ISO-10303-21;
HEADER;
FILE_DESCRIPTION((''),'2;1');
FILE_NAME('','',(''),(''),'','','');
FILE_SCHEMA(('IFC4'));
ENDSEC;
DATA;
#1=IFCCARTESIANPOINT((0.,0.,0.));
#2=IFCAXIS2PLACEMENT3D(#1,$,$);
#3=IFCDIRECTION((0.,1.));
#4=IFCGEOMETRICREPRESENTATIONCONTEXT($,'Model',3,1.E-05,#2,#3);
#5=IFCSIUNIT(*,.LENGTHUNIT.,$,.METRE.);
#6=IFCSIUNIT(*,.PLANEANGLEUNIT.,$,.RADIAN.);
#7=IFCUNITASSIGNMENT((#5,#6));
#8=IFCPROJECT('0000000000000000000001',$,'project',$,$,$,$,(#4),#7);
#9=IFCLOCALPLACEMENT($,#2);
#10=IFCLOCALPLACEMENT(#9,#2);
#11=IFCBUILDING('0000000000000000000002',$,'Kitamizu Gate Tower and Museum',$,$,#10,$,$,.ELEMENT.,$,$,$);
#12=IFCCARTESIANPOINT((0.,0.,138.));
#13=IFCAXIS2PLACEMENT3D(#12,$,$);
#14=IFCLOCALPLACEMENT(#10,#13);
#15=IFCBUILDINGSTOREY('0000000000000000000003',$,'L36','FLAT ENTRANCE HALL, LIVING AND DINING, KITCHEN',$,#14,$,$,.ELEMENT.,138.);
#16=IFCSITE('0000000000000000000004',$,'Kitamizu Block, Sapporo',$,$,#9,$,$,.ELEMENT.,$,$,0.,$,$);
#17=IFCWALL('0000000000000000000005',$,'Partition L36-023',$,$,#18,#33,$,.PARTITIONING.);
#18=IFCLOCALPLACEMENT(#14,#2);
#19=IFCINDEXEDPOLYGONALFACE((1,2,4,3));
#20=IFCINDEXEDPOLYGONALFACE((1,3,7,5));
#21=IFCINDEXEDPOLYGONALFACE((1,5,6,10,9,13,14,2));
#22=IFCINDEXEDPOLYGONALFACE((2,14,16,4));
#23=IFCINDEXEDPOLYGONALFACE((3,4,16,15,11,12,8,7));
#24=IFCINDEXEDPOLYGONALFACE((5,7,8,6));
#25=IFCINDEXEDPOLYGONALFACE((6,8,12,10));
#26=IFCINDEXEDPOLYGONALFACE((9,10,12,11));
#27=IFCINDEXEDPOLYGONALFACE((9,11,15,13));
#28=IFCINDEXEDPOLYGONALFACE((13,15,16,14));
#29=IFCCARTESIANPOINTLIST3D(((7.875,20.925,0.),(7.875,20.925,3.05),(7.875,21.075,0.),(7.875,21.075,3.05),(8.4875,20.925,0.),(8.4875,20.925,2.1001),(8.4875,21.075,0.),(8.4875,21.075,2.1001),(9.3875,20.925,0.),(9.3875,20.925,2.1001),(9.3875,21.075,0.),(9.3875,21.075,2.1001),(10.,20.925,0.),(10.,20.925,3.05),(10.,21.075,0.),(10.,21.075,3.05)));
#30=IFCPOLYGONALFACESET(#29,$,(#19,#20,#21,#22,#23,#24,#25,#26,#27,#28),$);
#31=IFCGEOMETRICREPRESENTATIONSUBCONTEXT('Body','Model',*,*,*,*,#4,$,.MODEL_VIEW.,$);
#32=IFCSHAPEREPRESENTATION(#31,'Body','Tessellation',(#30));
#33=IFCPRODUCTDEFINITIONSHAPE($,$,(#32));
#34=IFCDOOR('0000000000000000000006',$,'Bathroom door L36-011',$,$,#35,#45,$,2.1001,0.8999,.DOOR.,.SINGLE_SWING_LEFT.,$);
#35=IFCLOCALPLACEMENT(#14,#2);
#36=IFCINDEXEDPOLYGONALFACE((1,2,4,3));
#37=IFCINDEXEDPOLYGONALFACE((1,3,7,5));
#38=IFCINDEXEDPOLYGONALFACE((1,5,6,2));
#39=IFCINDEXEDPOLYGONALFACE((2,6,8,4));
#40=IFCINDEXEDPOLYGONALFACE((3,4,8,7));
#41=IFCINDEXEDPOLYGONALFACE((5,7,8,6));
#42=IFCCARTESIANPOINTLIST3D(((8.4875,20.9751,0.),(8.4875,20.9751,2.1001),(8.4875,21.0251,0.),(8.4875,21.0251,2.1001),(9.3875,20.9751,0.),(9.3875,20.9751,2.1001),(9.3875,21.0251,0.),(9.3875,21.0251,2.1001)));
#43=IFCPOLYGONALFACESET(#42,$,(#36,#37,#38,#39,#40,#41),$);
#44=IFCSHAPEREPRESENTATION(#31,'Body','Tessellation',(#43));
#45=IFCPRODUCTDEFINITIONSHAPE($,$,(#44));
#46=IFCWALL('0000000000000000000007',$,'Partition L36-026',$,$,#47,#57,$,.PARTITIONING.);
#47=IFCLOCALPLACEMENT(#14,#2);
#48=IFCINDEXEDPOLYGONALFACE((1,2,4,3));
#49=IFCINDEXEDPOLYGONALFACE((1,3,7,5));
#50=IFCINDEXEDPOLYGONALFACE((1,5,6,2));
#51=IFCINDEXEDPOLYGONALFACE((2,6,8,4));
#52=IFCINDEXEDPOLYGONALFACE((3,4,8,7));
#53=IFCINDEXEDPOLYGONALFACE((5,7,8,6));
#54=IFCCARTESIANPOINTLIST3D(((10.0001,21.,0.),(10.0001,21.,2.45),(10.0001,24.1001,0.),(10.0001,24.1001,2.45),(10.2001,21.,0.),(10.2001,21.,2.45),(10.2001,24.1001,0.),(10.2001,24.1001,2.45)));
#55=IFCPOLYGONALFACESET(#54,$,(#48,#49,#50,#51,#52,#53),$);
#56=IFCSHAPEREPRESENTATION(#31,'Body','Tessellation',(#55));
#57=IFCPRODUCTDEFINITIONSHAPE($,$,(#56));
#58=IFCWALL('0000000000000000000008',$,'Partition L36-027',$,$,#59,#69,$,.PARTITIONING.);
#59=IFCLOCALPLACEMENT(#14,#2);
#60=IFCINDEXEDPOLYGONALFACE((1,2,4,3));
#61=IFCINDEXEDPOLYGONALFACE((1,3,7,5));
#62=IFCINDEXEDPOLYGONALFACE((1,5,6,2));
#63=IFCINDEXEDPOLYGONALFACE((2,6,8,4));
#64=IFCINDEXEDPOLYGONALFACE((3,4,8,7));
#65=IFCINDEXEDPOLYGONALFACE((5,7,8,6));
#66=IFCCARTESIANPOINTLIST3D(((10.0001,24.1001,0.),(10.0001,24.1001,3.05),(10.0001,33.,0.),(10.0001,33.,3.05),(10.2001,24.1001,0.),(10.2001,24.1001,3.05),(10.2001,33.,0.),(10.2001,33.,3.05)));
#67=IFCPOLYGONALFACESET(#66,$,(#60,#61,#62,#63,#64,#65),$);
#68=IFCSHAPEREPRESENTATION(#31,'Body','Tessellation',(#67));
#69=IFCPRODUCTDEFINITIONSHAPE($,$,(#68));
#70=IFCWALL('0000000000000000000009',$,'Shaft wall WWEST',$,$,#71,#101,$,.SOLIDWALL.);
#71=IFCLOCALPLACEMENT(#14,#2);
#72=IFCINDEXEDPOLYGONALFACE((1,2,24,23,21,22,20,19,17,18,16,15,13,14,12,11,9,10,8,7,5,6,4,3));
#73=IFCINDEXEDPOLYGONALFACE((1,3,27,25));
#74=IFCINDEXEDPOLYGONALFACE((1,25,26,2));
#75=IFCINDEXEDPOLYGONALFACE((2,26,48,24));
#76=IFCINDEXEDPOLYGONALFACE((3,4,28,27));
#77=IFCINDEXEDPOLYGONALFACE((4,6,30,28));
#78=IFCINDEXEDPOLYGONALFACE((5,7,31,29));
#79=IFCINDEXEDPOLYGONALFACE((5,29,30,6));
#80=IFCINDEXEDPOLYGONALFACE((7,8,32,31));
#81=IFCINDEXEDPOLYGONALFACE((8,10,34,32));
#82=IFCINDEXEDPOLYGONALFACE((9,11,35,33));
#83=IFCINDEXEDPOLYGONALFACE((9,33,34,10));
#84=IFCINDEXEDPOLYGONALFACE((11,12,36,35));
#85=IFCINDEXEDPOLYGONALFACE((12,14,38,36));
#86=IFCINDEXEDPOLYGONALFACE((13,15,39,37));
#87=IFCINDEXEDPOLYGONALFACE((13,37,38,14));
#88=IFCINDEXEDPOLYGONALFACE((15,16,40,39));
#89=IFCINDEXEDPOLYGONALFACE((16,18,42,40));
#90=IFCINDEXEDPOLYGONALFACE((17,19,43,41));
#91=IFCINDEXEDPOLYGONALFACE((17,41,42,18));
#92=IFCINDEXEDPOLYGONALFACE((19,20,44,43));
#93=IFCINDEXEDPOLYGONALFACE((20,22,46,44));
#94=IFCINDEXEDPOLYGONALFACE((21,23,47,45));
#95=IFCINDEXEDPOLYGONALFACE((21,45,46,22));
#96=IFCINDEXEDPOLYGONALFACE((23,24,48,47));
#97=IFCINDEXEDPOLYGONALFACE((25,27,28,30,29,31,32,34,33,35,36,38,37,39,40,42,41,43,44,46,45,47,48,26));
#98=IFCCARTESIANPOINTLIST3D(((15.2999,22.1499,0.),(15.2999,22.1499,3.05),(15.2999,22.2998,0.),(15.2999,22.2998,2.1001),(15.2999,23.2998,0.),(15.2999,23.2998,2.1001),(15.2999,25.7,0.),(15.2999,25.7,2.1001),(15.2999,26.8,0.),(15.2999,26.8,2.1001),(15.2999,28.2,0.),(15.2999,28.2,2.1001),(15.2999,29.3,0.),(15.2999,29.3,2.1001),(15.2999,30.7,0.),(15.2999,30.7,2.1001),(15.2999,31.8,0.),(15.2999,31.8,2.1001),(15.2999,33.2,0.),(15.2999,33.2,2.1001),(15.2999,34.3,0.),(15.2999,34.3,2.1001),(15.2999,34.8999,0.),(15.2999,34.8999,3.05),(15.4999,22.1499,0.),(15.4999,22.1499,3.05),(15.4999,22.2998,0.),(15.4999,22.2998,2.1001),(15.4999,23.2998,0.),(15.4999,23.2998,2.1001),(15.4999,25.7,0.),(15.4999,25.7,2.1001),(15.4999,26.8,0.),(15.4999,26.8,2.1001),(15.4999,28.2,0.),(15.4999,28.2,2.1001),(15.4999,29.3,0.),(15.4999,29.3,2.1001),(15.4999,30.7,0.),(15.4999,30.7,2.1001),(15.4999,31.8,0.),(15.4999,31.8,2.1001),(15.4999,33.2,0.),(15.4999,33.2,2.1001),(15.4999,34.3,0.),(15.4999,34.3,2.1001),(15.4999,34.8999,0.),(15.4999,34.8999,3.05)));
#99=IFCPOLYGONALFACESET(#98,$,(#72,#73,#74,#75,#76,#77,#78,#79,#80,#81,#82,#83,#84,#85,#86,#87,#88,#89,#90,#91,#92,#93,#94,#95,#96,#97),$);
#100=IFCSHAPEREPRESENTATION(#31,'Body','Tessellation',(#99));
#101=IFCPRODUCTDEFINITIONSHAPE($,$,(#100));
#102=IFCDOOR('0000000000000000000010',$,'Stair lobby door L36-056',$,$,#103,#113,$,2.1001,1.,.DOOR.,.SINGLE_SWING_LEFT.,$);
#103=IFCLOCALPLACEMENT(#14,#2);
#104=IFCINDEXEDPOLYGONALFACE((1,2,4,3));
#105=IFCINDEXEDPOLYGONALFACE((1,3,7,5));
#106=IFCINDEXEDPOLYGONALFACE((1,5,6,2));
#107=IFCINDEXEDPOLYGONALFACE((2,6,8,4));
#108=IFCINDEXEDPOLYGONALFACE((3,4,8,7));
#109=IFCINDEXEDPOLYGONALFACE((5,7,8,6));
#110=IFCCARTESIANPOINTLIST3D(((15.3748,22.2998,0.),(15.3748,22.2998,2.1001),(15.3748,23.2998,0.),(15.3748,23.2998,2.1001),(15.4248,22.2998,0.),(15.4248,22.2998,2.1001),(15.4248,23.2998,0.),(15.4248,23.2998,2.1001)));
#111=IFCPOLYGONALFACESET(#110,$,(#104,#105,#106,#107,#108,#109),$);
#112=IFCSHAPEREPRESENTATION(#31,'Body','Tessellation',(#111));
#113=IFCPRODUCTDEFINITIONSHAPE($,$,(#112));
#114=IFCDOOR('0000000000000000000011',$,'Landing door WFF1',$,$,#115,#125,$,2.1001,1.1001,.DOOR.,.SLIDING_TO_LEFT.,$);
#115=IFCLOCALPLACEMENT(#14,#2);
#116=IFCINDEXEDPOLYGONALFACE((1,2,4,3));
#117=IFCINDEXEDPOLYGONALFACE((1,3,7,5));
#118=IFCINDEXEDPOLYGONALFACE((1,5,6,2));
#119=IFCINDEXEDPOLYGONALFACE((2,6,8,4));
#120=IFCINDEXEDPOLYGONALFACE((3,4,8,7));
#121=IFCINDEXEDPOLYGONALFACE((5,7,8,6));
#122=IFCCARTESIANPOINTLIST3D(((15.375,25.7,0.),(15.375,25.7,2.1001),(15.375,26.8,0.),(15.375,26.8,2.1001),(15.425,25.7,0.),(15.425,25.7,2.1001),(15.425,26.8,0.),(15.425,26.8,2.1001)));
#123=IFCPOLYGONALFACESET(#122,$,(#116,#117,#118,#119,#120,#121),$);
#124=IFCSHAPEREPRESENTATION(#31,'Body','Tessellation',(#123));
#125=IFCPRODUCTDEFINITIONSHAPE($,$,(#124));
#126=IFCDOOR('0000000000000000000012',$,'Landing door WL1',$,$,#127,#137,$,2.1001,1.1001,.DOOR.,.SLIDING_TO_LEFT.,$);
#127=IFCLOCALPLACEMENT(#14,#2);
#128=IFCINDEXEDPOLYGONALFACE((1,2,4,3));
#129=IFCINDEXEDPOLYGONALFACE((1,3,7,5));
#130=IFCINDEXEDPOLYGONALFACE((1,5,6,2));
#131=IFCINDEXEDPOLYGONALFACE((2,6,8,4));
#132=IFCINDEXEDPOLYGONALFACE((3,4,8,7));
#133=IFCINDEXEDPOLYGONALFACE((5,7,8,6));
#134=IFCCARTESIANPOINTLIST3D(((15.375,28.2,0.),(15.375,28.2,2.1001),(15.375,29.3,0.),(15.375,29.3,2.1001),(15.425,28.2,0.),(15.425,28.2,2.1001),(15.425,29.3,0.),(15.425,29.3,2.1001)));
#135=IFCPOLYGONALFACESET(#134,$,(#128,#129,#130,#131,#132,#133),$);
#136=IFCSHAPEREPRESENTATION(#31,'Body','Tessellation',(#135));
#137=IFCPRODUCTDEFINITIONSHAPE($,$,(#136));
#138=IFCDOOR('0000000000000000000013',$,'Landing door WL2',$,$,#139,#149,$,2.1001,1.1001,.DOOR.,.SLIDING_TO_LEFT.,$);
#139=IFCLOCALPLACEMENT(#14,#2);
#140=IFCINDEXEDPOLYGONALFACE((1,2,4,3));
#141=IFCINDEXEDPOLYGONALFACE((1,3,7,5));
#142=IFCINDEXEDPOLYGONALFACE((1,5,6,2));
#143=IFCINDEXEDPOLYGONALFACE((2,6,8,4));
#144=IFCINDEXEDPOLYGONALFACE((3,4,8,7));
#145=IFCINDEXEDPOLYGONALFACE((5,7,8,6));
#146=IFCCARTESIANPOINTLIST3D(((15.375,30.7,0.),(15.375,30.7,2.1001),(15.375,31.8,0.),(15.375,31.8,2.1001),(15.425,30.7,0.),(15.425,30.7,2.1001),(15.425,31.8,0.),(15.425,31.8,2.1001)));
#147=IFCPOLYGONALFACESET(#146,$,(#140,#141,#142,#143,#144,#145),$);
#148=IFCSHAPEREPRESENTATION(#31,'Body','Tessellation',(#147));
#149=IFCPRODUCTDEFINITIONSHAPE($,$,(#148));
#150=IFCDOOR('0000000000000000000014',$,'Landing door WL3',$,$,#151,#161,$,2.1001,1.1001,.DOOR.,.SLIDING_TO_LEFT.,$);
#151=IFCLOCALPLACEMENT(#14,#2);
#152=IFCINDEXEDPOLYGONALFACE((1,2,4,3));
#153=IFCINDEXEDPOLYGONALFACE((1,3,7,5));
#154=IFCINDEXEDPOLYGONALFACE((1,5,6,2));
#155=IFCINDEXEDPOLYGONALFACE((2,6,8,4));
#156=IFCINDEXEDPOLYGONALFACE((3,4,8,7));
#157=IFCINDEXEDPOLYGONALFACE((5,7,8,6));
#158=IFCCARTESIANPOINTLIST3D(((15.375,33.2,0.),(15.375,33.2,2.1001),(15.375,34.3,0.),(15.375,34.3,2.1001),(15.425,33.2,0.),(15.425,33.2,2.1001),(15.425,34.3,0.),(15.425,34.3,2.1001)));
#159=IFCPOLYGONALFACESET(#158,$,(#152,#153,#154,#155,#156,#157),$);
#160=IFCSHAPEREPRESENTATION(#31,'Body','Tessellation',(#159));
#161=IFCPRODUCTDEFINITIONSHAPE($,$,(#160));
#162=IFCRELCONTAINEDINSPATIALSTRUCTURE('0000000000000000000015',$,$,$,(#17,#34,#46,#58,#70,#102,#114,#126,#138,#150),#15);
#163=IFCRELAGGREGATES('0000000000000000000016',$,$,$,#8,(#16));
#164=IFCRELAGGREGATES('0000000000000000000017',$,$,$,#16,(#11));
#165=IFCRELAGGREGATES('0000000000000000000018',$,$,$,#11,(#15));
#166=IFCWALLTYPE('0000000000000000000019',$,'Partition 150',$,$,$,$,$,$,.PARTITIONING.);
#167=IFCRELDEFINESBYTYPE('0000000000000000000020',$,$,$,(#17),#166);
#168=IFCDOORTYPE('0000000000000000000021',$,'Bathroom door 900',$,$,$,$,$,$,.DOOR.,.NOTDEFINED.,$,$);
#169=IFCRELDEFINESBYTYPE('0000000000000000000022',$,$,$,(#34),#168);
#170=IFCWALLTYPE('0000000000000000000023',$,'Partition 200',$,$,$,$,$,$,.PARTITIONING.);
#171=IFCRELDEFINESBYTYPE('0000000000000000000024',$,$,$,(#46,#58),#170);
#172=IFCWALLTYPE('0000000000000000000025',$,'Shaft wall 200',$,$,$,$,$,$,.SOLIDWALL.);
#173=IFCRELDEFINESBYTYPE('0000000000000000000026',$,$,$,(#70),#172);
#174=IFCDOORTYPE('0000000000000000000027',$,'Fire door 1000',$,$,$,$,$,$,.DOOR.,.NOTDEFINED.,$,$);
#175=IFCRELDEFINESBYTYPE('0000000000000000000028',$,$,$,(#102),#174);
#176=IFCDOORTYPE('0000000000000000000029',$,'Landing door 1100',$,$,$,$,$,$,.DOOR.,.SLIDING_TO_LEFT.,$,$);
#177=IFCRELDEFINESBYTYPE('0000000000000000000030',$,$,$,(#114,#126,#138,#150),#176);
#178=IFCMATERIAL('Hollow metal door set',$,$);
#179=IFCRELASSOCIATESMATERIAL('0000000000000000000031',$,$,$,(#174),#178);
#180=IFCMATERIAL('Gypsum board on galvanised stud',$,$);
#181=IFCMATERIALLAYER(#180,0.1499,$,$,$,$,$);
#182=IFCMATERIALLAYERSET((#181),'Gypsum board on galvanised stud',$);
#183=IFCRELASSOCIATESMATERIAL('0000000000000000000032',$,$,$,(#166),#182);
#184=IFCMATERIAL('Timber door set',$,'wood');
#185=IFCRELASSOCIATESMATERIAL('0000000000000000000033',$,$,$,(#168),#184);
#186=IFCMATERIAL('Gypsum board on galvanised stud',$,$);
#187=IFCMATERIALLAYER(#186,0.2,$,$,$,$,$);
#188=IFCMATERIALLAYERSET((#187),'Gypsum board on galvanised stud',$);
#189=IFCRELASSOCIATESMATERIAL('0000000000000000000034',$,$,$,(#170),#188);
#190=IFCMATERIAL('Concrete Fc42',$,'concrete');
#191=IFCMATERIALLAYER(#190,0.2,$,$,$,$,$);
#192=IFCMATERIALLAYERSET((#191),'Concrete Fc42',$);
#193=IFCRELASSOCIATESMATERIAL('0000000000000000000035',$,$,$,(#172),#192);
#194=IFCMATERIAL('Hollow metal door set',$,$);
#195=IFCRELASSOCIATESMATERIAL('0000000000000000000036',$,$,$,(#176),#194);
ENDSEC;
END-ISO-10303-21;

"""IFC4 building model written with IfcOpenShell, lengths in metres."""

from ifc_helpers import new_model, si_unit, direction, frame, frame_2d, origin, place, context, subcontext, project, spatial, rectangle, extrude, material, layer, layer_set, type_object, element, fill, save


model = new_model("IFC4")

# Units and contexts
model_context = context("Model", 3, precision=1e-05, world=origin(), true_north=direction((0.0, 1.0)))
body_context = subcontext(model_context, "Body", "Model", "MODEL_VIEW")
ifc_project = project(units=[si_unit("LENGTHUNIT", "METRE"), si_unit("PLANEANGLEUNIT", "RADIAN")], contexts=[model_context])

# Site, building, storey
site_placement = place(None, origin())
site = spatial("IfcSite", under=ifc_project, at=site_placement, Name="Kitamizu Block, Sapporo", CompositionType="ELEMENT", RefElevation=0.0)
building_placement = place(site_placement, origin())
building = spatial("IfcBuilding", under=site, at=building_placement, Name="Kitamizu Gate Tower and Museum", CompositionType="ELEMENT")
storey_placement = place(building_placement, frame((0.0, 0.0, 138.0)))
storey = spatial("IfcBuildingStorey", under=building, at=storey_placement, Name="L36", Description="FLAT ENTRANCE HALL, LIVING AND DINING, KITCHEN", CompositionType="ELEMENT", Elevation=138.0)

# Shared definitions
ifc_material_1 = material(Name="Hollow metal door set")
door_type_1 = type_object("IfcDoorType", Name="Fire door 1000", OperationType="NOTDEFINED", PredefinedType="DOOR", material=ifc_material_1)

# Wall, opening, door
ifc_material_2 = material(Name="Gypsum board on galvanised stud")
ifc_layer_1 = layer(ifc_material_2, 0.1499)
ifc_layer_set_1 = layer_set([ifc_layer_1], Name="Gypsum board on galvanised stud")
wall_type_1 = type_object("IfcWallType", Name="Partition 150", PredefinedType="PARTITIONING", material=ifc_layer_set_1)
ifc_material_3 = material(Name="Timber door set", Category="wood")
door_type_2 = type_object("IfcDoorType", Name="Bathroom door 900", OperationType="NOTDEFINED", PredefinedType="DOOR", material=ifc_material_3)
wall_1_placement = place(storey_placement, frame((10.0, 21.0, 0.0), z_axis=(0.0, 0.0, 1.0), x_axis=(-1.0, 0.0, 0.0)))
wall_1 = element("IfcWall", 1, at=wall_1_placement, inside=storey, type_object=wall_type_1, Name="Partition L36-023", PredefinedType="PARTITIONING", context=body_context, shape_type="SweptSolid", body=[
    extrude(rectangle(XDim=2.125, YDim=0.1499, at=frame_2d((1.0625, 0.0))), origin(), (0.0, 0.0, 1.0), 3.05),
])
opening_1_placement = place(wall_1_placement, frame((0.6125, 0.0, 0.0)))
opening_1 = element("IfcOpeningElement", 2, at=opening_1_placement, cuts=wall_1, PredefinedType="OPENING", context=body_context, shape_type="SweptSolid", body=[
    extrude(rectangle(XDim=0.8999, YDim=2.1001, at=frame_2d((0.45, 1.05))), frame((0.0, 0.085, 0.0), z_axis=(0.0, -1.0, 0.0), x_axis=(1.0, 0.0, 0.0)), (0.0, 0.0, 1.0), 0.1699),
])
door_1_placement = place(opening_1_placement, origin())
door_1 = element("IfcDoor", 3, at=door_1_placement, inside=storey, type_object=door_type_2, Name="Bathroom door L36-011", OperationType="SINGLE_SWING_LEFT", OverallHeight=2.1001, OverallWidth=0.8999, PredefinedType="DOOR", context=body_context, shape_type="SweptSolid", body=[
    extrude(rectangle(XDim=0.8999, YDim=2.1001, at=frame_2d((0.45, 1.05))), frame((0.0, 0.0249, 0.0), z_axis=(0.0, -1.0, 0.0), x_axis=(1.0, 0.0, 0.0)), (0.0, 0.0, 1.0), 0.05),
])
fill(opening_1, door_1)

# Walls
ifc_material_4 = material(Name="Gypsum board on galvanised stud")
ifc_layer_2 = layer(ifc_material_4, 0.2)
ifc_layer_set_2 = layer_set([ifc_layer_2], Name="Gypsum board on galvanised stud")
wall_type_2 = type_object("IfcWallType", Name="Partition 200", PredefinedType="PARTITIONING", material=ifc_layer_set_2)
wall_2_placement = place(storey_placement, frame((10.1001, 21.0, 0.0), z_axis=(0.0, 0.0, 1.0), x_axis=(0.0, 1.0, 0.0)))
element("IfcWall", 4, at=wall_2_placement, inside=storey, type_object=wall_type_2, Name="Partition L36-026", PredefinedType="PARTITIONING", context=body_context, shape_type="SweptSolid", body=[
    extrude(rectangle(XDim=3.1001, YDim=0.2, at=frame_2d((1.55, 0.0))), origin(), (0.0, 0.0, 1.0), 2.45),
])
wall_3_placement = place(storey_placement, frame((10.1001, 24.1001, 0.0), z_axis=(0.0, 0.0, 1.0), x_axis=(0.0, 1.0, 0.0)))
element("IfcWall", 5, at=wall_3_placement, inside=storey, type_object=wall_type_2, Name="Partition L36-027", PredefinedType="PARTITIONING", context=body_context, shape_type="SweptSolid", body=[
    extrude(rectangle(XDim=8.8999, YDim=0.2, at=frame_2d((4.45, 0.0))), origin(), (0.0, 0.0, 1.0), 3.05),
])

# Wall, openings, doors
ifc_material_5 = material(Name="Concrete Fc42", Category="concrete")
ifc_layer_3 = layer(ifc_material_5, 0.2)
ifc_layer_set_3 = layer_set([ifc_layer_3], Name="Concrete Fc42")
wall_type_3 = type_object("IfcWallType", Name="Shaft wall 200", PredefinedType="SOLIDWALL", material=ifc_layer_set_3)
wall_4_placement = place(storey_placement, frame((15.3999, 22.1499, 0.0), z_axis=(0.0, 0.0, 1.0), x_axis=(0.0, 1.0, 0.0)))
wall_4 = element("IfcWall", 6, at=wall_4_placement, inside=storey, type_object=wall_type_3, Name="Shaft wall WWEST", PredefinedType="SOLIDWALL", context=body_context, shape_type="SweptSolid", body=[
    extrude(rectangle(XDim=12.75, YDim=0.2, at=frame_2d((6.375, 0.0))), origin(), (0.0, 0.0, 1.0), 3.05),
])
opening_2_placement = place(wall_4_placement, frame((3.55, 0.0, 0.0)))
opening_2 = element("IfcOpeningElement", 7, at=opening_2_placement, cuts=wall_4, PredefinedType="OPENING", context=body_context, shape_type="SweptSolid", body=[
    extrude(rectangle(XDim=1.1001, YDim=2.1001, at=frame_2d((0.55, 1.05))), frame((0.0, 0.1099, 0.0), z_axis=(0.0, -1.0, 0.0), x_axis=(1.0, 0.0, 0.0)), (0.0, 0.0, 1.0), 0.22),
])
opening_3_placement = place(wall_4_placement, frame((6.05, 0.0, 0.0)))
opening_3 = element("IfcOpeningElement", 8, at=opening_3_placement, cuts=wall_4, PredefinedType="OPENING", context=body_context, shape_type="SweptSolid", body=[
    extrude(rectangle(XDim=1.1001, YDim=2.1001, at=frame_2d((0.55, 1.05))), frame((0.0, 0.1099, 0.0), z_axis=(0.0, -1.0, 0.0), x_axis=(1.0, 0.0, 0.0)), (0.0, 0.0, 1.0), 0.22),
])
opening_4_placement = place(wall_4_placement, frame((8.55, 0.0, 0.0)))
opening_4 = element("IfcOpeningElement", 9, at=opening_4_placement, cuts=wall_4, PredefinedType="OPENING", context=body_context, shape_type="SweptSolid", body=[
    extrude(rectangle(XDim=1.1001, YDim=2.1001, at=frame_2d((0.55, 1.05))), frame((0.0, 0.1099, 0.0), z_axis=(0.0, -1.0, 0.0), x_axis=(1.0, 0.0, 0.0)), (0.0, 0.0, 1.0), 0.22),
])
opening_5_placement = place(wall_4_placement, frame((11.05, 0.0, 0.0)))
opening_5 = element("IfcOpeningElement", 10, at=opening_5_placement, cuts=wall_4, PredefinedType="OPENING", context=body_context, shape_type="SweptSolid", body=[
    extrude(rectangle(XDim=1.1001, YDim=2.1001, at=frame_2d((0.55, 1.05))), frame((0.0, 0.1099, 0.0), z_axis=(0.0, -1.0, 0.0), x_axis=(1.0, 0.0, 0.0)), (0.0, 0.0, 1.0), 0.22),
])
opening_6_placement = place(wall_4_placement, frame((0.1499, 0.0, 0.0)))
opening_6 = element("IfcOpeningElement", 11, at=opening_6_placement, cuts=wall_4, PredefinedType="OPENING", context=body_context, shape_type="SweptSolid", body=[
    extrude(rectangle(XDim=1.0, YDim=2.1001, at=frame_2d((0.5, 1.05))), frame((0.0, 0.1099, 0.0), z_axis=(0.0, -1.0, 0.0), x_axis=(1.0, 0.0, 0.0)), (0.0, 0.0, 1.0), 0.22),
])
door_2_placement = place(opening_6_placement, frame((1.0, 0.0, 0.0), x_axis=(-1.0, 0.0, 0.0)))
door_2 = element("IfcDoor", 12, at=door_2_placement, inside=storey, type_object=door_type_1, Name="Stair lobby door L36-056", OperationType="SINGLE_SWING_LEFT", OverallHeight=2.1001, OverallWidth=1.0, PredefinedType="DOOR", context=body_context, shape_type="SweptSolid", body=[
    extrude(rectangle(XDim=1.0, YDim=2.1001, at=frame_2d((0.5, 1.05))), frame((0.0, 0.0249, 0.0), z_axis=(0.0, -1.0, 0.0), x_axis=(1.0, 0.0, 0.0)), (0.0, 0.0, 1.0), 0.05),
])
fill(opening_6, door_2)
ifc_material_6 = material(Name="Hollow metal door set")
door_type_3 = type_object("IfcDoorType", Name="Landing door 1100", OperationType="SLIDING_TO_LEFT", PredefinedType="DOOR", material=ifc_material_6)
door_3_placement = place(opening_2_placement, origin())
door_3 = element("IfcDoor", 13, at=door_3_placement, inside=storey, type_object=door_type_3, Name="Landing door WFF1", OperationType="SLIDING_TO_LEFT", OverallHeight=2.1001, OverallWidth=1.1001, PredefinedType="DOOR", context=body_context, shape_type="SweptSolid", body=[
    extrude(rectangle(XDim=1.1001, YDim=2.1001, at=frame_2d((0.55, 1.05))), frame((0.0, 0.0249, 0.0), z_axis=(0.0, -1.0, 0.0), x_axis=(1.0, 0.0, 0.0)), (0.0, 0.0, 1.0), 0.05),
])
fill(opening_2, door_3)
door_4_placement = place(opening_3_placement, origin())
door_4 = element("IfcDoor", 14, at=door_4_placement, inside=storey, type_object=door_type_3, Name="Landing door WL1", OperationType="SLIDING_TO_LEFT", OverallHeight=2.1001, OverallWidth=1.1001, PredefinedType="DOOR", context=body_context, shape_type="SweptSolid", body=[
    extrude(rectangle(XDim=1.1001, YDim=2.1001, at=frame_2d((0.55, 1.05))), frame((0.0, 0.0249, 0.0), z_axis=(0.0, -1.0, 0.0), x_axis=(1.0, 0.0, 0.0)), (0.0, 0.0, 1.0), 0.05),
])
fill(opening_3, door_4)
door_5_placement = place(opening_4_placement, origin())
door_5 = element("IfcDoor", 15, at=door_5_placement, inside=storey, type_object=door_type_3, Name="Landing door WL2", OperationType="SLIDING_TO_LEFT", OverallHeight=2.1001, OverallWidth=1.1001, PredefinedType="DOOR", context=body_context, shape_type="SweptSolid", body=[
    extrude(rectangle(XDim=1.1001, YDim=2.1001, at=frame_2d((0.55, 1.05))), frame((0.0, 0.0249, 0.0), z_axis=(0.0, -1.0, 0.0), x_axis=(1.0, 0.0, 0.0)), (0.0, 0.0, 1.0), 0.05),
])
fill(opening_4, door_5)
door_6_placement = place(opening_5_placement, origin())
door_6 = element("IfcDoor", 16, at=door_6_placement, inside=storey, type_object=door_type_3, Name="Landing door WL3", OperationType="SLIDING_TO_LEFT", OverallHeight=2.1001, OverallWidth=1.1001, PredefinedType="DOOR", context=body_context, shape_type="SweptSolid", body=[
    extrude(rectangle(XDim=1.1001, YDim=2.1001, at=frame_2d((0.55, 1.05))), frame((0.0, 0.0249, 0.0), z_axis=(0.0, -1.0, 0.0), x_axis=(1.0, 0.0, 0.0)), (0.0, 0.0, 1.0), 0.05),
])
fill(opening_5, door_6)

save(model, "model.ifc")
